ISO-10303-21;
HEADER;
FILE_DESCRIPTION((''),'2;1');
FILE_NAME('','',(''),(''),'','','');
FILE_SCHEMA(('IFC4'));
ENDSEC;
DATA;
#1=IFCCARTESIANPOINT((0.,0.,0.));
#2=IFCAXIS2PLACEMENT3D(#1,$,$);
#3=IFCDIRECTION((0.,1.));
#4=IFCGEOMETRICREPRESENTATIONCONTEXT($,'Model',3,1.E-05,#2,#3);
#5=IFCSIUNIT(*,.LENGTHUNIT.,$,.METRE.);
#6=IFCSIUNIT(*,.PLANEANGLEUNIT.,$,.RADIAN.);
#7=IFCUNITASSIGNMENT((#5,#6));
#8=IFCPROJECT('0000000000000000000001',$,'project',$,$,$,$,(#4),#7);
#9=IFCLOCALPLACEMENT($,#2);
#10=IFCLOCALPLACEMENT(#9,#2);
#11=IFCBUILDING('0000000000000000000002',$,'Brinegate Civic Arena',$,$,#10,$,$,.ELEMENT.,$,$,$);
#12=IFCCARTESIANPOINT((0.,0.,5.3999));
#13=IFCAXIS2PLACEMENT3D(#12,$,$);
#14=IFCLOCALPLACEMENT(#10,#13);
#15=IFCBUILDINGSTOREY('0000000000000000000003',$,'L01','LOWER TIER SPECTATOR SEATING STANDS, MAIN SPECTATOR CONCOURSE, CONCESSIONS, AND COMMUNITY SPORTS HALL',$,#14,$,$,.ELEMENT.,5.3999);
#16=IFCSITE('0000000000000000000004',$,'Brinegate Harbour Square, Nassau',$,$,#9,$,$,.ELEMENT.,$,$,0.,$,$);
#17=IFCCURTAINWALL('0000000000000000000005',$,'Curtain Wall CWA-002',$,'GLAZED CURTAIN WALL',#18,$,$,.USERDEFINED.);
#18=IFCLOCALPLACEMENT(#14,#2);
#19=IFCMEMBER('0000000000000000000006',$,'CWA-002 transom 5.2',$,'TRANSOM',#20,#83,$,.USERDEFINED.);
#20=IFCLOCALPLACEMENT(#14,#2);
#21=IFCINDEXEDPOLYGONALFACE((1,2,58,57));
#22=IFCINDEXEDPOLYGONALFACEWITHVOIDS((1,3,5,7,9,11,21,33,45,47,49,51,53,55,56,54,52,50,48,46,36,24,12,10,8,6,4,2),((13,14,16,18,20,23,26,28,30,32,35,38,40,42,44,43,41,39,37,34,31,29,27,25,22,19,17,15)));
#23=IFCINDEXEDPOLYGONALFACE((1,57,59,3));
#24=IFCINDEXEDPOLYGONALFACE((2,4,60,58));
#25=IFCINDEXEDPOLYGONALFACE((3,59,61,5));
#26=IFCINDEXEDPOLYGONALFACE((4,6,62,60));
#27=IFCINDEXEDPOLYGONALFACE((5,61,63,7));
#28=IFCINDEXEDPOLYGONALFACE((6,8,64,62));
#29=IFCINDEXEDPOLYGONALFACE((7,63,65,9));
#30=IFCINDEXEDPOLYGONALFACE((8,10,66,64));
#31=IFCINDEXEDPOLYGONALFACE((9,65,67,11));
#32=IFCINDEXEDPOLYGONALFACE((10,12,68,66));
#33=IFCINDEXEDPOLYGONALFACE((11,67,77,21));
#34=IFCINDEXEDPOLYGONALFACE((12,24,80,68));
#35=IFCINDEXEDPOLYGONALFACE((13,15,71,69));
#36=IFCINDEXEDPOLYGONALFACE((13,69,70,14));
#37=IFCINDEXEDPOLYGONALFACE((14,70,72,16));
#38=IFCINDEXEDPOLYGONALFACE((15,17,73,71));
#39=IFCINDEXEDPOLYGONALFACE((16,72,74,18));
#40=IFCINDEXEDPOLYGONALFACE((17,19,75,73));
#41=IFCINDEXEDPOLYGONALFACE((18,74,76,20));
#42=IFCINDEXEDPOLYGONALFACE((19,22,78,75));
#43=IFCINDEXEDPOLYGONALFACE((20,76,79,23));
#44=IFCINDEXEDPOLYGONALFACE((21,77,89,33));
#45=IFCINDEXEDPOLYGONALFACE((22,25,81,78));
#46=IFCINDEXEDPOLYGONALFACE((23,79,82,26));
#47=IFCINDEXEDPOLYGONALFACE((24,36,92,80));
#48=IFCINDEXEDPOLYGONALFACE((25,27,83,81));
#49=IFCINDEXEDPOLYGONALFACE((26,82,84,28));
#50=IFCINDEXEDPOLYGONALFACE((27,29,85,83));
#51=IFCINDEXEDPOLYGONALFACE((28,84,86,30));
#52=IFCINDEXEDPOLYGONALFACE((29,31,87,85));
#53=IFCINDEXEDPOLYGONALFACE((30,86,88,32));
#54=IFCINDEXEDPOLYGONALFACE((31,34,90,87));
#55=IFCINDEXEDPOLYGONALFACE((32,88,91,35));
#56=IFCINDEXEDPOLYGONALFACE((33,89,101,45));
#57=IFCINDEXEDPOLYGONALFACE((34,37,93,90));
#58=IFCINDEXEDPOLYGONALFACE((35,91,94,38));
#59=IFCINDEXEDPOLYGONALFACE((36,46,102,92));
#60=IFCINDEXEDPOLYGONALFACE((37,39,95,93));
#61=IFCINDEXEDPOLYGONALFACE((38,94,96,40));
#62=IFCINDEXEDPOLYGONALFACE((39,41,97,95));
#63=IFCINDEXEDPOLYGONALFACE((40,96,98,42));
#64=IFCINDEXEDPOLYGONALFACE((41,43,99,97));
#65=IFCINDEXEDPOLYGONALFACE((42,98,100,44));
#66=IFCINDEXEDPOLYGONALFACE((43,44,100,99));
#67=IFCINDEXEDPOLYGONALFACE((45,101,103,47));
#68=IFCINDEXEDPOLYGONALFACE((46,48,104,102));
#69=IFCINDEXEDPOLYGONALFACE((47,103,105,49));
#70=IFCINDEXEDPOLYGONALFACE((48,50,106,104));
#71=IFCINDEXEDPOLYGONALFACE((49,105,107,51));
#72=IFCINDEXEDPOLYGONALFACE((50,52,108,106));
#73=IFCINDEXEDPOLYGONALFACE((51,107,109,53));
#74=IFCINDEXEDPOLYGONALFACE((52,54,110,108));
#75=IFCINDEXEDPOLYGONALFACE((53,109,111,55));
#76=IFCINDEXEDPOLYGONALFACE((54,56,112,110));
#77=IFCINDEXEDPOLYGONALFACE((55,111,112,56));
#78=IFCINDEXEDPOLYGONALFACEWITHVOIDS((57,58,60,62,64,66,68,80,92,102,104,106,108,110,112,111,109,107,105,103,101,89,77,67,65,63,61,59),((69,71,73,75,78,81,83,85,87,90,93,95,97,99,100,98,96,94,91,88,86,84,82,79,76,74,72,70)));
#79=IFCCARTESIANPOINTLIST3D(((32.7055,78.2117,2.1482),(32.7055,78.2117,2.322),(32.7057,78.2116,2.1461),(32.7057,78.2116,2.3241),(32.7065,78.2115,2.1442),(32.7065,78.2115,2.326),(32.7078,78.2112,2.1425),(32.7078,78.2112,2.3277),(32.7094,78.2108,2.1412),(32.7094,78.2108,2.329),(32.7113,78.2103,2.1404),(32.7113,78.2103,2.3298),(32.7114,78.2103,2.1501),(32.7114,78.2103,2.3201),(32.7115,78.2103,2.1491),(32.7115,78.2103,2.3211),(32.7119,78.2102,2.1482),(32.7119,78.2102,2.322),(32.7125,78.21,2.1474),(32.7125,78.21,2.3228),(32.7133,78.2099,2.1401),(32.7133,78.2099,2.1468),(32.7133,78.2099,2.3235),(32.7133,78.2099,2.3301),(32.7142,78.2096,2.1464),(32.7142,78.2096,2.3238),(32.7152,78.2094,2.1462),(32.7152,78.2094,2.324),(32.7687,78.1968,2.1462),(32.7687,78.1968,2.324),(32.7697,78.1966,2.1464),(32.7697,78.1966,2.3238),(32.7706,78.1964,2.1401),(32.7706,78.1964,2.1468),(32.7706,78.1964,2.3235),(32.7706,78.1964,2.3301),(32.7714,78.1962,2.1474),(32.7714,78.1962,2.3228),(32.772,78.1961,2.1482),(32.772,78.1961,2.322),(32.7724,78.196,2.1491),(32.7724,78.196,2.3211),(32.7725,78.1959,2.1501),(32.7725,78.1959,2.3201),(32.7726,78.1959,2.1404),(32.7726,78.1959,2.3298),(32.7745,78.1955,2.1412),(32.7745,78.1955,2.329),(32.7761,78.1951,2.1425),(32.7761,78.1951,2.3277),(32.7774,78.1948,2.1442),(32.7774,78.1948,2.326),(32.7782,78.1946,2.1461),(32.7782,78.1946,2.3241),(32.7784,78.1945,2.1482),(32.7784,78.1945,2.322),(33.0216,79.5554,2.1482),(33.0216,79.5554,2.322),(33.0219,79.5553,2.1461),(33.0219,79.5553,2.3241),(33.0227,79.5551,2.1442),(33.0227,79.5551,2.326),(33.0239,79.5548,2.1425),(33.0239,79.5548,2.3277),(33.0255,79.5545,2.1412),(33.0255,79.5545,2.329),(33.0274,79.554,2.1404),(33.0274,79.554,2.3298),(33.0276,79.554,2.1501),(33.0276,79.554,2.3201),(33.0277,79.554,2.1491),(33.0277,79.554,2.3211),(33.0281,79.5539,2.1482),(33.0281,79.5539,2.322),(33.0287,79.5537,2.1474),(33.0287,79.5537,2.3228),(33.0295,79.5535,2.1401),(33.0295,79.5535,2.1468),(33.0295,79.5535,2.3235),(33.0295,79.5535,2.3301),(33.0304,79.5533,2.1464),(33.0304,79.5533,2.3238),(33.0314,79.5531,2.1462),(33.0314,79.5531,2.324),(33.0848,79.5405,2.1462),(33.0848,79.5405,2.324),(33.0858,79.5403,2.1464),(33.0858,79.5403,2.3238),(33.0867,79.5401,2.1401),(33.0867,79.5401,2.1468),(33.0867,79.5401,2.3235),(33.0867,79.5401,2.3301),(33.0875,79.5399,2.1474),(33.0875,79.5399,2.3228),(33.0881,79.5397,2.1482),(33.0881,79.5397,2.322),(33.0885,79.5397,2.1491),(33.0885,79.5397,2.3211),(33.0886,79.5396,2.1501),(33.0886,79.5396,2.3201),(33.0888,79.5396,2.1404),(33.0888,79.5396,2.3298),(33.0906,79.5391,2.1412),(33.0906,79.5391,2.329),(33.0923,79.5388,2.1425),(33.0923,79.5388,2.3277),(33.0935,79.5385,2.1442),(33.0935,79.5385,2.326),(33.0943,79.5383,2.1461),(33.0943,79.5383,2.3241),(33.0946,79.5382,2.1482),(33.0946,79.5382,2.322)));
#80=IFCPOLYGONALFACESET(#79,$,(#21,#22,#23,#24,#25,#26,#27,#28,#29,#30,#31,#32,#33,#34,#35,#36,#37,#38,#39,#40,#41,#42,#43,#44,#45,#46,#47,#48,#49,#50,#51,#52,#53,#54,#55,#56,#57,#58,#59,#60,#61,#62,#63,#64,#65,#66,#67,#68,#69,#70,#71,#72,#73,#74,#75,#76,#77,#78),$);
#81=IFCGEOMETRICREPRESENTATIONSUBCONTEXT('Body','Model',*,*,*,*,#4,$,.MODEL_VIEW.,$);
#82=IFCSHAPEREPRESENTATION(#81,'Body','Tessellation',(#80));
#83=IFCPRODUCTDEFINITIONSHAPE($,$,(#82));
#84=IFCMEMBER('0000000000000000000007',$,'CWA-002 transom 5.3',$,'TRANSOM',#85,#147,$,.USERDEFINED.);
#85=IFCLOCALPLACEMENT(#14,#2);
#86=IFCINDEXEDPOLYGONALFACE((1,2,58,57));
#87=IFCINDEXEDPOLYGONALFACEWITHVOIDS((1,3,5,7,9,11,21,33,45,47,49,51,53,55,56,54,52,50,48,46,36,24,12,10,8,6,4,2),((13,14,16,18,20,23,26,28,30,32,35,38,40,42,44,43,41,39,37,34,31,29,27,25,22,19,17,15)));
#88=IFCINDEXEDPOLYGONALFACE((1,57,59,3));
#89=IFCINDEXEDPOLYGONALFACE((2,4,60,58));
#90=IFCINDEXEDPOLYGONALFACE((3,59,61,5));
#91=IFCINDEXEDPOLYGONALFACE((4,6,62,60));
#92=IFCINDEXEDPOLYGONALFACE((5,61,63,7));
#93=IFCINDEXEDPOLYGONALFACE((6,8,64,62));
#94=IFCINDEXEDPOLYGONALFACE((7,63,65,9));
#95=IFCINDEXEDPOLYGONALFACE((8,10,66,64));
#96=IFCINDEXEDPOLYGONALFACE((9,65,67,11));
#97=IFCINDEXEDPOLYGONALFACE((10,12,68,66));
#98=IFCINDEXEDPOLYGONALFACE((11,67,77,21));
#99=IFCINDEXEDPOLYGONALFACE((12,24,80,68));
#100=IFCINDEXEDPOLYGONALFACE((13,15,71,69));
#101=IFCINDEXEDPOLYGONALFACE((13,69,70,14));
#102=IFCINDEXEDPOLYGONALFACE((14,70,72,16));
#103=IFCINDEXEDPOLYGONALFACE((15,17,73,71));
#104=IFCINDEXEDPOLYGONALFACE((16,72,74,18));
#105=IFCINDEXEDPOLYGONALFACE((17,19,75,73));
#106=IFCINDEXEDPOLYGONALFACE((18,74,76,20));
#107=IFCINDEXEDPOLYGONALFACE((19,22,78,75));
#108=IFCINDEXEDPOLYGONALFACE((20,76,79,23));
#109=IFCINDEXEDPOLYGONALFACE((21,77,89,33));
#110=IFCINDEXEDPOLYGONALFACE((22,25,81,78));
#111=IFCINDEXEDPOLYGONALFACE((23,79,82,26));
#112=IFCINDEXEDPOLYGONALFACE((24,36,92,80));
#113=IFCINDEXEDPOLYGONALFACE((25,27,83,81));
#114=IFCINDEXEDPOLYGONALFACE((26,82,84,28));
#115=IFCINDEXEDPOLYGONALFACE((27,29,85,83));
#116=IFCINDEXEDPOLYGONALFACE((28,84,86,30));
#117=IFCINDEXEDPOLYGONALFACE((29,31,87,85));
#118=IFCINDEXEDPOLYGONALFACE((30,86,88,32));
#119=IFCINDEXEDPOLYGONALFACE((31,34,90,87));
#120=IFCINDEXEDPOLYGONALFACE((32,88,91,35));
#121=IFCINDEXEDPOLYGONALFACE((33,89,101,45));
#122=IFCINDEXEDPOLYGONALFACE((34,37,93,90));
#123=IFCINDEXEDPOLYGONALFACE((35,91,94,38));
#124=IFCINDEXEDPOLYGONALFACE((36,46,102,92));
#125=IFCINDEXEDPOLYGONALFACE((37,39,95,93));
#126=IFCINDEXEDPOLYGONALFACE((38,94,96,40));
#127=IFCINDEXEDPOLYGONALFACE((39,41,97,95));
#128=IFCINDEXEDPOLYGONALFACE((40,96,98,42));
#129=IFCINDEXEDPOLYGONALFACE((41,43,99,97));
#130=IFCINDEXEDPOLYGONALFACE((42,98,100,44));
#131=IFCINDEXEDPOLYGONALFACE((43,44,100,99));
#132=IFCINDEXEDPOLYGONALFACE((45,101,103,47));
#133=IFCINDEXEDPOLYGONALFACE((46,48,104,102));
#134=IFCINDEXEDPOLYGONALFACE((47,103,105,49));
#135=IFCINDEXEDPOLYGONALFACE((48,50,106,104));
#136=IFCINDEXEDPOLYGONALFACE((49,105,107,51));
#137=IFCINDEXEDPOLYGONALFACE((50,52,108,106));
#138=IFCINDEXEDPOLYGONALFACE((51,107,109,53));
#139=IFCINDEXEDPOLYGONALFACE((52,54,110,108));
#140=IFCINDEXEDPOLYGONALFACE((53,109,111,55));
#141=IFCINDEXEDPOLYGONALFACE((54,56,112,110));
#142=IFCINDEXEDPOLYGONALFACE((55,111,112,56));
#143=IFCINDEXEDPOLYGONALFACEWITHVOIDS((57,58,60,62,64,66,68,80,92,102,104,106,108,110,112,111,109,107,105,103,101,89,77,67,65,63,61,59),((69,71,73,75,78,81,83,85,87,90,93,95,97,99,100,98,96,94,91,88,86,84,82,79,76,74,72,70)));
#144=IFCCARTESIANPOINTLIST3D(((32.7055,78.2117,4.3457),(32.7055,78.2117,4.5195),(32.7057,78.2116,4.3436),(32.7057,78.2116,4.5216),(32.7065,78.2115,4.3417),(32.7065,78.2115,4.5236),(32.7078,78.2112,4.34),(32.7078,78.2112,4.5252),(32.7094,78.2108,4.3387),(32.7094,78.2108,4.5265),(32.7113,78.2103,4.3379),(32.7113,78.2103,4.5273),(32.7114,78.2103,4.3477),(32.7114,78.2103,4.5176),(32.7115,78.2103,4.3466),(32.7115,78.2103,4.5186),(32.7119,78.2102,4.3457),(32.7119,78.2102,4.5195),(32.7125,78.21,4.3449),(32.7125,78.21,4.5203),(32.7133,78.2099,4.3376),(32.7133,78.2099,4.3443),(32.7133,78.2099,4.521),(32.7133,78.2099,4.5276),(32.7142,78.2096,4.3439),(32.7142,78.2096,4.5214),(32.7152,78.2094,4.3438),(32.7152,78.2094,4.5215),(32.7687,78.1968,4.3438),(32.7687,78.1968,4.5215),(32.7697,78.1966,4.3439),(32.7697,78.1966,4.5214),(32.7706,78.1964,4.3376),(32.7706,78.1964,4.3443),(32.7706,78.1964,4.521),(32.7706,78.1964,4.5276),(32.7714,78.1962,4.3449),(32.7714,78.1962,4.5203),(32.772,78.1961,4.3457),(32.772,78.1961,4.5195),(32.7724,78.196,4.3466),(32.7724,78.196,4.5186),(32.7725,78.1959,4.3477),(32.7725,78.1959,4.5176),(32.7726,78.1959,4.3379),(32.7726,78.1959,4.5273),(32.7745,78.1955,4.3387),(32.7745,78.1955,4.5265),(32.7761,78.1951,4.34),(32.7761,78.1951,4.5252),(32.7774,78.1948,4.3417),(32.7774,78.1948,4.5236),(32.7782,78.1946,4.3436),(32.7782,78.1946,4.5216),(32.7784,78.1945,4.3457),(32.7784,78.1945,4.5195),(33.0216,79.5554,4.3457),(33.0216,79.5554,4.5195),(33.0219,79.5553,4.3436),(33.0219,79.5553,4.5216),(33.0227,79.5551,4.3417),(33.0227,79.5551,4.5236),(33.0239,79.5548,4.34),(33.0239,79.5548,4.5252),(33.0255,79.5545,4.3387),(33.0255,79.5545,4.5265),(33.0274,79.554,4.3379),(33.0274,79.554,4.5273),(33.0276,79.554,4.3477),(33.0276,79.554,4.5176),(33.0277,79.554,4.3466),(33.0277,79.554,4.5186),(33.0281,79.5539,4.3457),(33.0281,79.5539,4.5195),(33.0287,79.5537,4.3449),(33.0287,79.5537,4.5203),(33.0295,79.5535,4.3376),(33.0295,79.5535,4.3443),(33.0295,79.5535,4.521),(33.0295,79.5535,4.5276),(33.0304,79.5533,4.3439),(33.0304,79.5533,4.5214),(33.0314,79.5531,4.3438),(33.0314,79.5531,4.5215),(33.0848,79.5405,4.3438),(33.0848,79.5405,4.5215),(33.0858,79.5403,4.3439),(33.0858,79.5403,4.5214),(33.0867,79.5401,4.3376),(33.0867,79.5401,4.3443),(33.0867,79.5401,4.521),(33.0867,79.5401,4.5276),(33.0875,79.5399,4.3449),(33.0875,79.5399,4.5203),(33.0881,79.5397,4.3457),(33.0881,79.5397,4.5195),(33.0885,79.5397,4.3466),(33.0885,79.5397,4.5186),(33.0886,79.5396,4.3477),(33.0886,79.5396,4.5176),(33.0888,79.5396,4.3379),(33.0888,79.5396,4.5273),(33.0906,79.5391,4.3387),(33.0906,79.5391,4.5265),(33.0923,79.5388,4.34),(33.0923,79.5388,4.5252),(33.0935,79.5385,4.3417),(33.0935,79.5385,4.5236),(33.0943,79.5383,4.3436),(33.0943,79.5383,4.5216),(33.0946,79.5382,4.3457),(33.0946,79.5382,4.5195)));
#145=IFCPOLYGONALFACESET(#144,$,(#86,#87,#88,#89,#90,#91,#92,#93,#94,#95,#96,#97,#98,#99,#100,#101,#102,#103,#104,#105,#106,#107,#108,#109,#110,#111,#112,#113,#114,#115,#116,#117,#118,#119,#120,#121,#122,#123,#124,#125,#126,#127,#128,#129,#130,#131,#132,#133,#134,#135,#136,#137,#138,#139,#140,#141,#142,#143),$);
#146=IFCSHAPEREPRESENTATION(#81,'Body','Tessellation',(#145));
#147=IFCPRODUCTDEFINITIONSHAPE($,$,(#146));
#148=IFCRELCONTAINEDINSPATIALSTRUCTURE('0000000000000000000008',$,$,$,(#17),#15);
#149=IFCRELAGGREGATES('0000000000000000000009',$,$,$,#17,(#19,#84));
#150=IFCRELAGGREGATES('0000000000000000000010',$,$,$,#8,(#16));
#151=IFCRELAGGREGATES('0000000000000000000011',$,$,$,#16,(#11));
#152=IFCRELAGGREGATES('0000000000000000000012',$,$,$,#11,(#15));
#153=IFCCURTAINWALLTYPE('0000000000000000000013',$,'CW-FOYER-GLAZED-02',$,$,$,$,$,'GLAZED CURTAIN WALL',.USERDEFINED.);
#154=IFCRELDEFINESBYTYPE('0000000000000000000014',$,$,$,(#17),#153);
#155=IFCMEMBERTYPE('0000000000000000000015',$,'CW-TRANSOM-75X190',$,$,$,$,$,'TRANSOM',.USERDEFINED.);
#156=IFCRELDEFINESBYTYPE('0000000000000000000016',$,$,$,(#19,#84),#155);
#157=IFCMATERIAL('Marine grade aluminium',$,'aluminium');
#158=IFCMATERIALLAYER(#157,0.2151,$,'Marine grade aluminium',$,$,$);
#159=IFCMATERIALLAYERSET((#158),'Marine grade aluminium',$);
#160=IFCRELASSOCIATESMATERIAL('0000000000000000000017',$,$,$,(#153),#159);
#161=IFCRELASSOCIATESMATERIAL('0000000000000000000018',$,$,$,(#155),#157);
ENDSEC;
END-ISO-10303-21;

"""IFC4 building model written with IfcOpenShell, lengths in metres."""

from ifc_helpers import new_model, si_unit, direction, frame, origin, origin_2d, place, context, subcontext, project, spatial, hollow_rectangle, extrude, material, layer, layer_set, material_profile, profile_set, type_object, element, aggregate, save


model = new_model("IFC4")

# Units and contexts
model_context = context("Model", 3, precision=1e-05, world=origin(), true_north=direction((0.0, 1.0)))
body_context = subcontext(model_context, "Body", "Model", "MODEL_VIEW")
ifc_project = project(units=[si_unit("LENGTHUNIT", "METRE"), si_unit("PLANEANGLEUNIT", "RADIAN")], contexts=[model_context])

# Site, building, storey
site_placement = place(None, origin())
site = spatial("IfcSite", under=ifc_project, at=site_placement, Name="Brinegate Harbour Square, Nassau", CompositionType="ELEMENT", RefElevation=0.0)
building_placement = place(site_placement, origin())
building = spatial("IfcBuilding", under=site, at=building_placement, Name="Brinegate Civic Arena", CompositionType="ELEMENT")
storey_placement = place(building_placement, frame((0.0, 0.0, 5.3999)))
storey = spatial("IfcBuildingStorey", under=building, at=storey_placement, Name="L01", Description="LOWER TIER SPECTATOR SEATING STANDS, MAIN SPECTATOR CONCOURSE, CONCESSIONS, AND COMMUNITY SPORTS HALL", CompositionType="ELEMENT", Elevation=5.3999)

# Curtain wall
ifc_material_1 = material(Name="Marine grade aluminium", Category="aluminium")
ifc_layer_1 = layer(ifc_material_1, 0.2151, Name="Marine grade aluminium")
ifc_layer_set_1 = layer_set([ifc_layer_1], Name="Marine grade aluminium")
curtain_wall_type_1 = type_object("IfcCurtainWallType", Name="CW-FOYER-GLAZED-02", ElementType="GLAZED CURTAIN WALL", PredefinedType="USERDEFINED", material=ifc_layer_set_1)
curtain_wall_1_placement = place(storey_placement, origin())
curtain_wall_1 = element("IfcCurtainWall", 1, at=curtain_wall_1_placement, inside=storey, type_object=curtain_wall_type_1, Name="Curtain Wall CWA-002", ObjectType="GLAZED CURTAIN WALL", PredefinedType="USERDEFINED")

# Members
ifc_material_profile_1 = material_profile(ifc_material_1, hollow_rectangle(XDim=0.075, YDim=0.1899, WallThickness=0.0061, InnerFilletRadius=0.0039, OuterFilletRadius=0.0081, at=origin_2d()), Name="TRN75X190")
ifc_profile_set_1 = profile_set([ifc_material_profile_1], Name="Marine grade aluminium")
member_type_1 = type_object("IfcMemberType", Name="CW-TRANSOM-75X190", ElementType="TRANSOM", PredefinedType="USERDEFINED", material=ifc_profile_set_1)
member_1_placement = place(storey_placement, frame((32.7419, 78.2031, 2.2351), z_axis=(0.229029, 0.973419, 0.0), x_axis=(-0.973419, 0.229029, 0.0)))
member_1 = element("IfcMember", 2, at=member_1_placement, type_object=member_type_1, Name="CWA-002 transom 5.2", ObjectType="TRANSOM", PredefinedType="USERDEFINED", context=body_context, shape_type="SweptSolid", body=[
    extrude(hollow_rectangle(XDim=0.075, YDim=0.1899, WallThickness=0.0061, InnerFilletRadius=0.0039, OuterFilletRadius=0.0081, at=origin_2d()), origin(), (0.0, 0.0, 1.0), 1.3804),
])
member_2_placement = place(storey_placement, frame((32.7419, 78.2031, 4.4326), z_axis=(0.229029, 0.973419, 0.0), x_axis=(-0.973419, 0.229029, 0.0)))
member_2 = element("IfcMember", 3, at=member_2_placement, type_object=member_type_1, Name="CWA-002 transom 5.3", ObjectType="TRANSOM", PredefinedType="USERDEFINED", context=body_context, shape_type="SweptSolid", body=[
    extrude(hollow_rectangle(XDim=0.075, YDim=0.1899, WallThickness=0.0061, InnerFilletRadius=0.0039, OuterFilletRadius=0.0081, at=origin_2d()), origin(), (0.0, 0.0, 1.0), 1.3804),
])

aggregate(curtain_wall_1, [member_1, member_2])

save(model, "model.ifc")
